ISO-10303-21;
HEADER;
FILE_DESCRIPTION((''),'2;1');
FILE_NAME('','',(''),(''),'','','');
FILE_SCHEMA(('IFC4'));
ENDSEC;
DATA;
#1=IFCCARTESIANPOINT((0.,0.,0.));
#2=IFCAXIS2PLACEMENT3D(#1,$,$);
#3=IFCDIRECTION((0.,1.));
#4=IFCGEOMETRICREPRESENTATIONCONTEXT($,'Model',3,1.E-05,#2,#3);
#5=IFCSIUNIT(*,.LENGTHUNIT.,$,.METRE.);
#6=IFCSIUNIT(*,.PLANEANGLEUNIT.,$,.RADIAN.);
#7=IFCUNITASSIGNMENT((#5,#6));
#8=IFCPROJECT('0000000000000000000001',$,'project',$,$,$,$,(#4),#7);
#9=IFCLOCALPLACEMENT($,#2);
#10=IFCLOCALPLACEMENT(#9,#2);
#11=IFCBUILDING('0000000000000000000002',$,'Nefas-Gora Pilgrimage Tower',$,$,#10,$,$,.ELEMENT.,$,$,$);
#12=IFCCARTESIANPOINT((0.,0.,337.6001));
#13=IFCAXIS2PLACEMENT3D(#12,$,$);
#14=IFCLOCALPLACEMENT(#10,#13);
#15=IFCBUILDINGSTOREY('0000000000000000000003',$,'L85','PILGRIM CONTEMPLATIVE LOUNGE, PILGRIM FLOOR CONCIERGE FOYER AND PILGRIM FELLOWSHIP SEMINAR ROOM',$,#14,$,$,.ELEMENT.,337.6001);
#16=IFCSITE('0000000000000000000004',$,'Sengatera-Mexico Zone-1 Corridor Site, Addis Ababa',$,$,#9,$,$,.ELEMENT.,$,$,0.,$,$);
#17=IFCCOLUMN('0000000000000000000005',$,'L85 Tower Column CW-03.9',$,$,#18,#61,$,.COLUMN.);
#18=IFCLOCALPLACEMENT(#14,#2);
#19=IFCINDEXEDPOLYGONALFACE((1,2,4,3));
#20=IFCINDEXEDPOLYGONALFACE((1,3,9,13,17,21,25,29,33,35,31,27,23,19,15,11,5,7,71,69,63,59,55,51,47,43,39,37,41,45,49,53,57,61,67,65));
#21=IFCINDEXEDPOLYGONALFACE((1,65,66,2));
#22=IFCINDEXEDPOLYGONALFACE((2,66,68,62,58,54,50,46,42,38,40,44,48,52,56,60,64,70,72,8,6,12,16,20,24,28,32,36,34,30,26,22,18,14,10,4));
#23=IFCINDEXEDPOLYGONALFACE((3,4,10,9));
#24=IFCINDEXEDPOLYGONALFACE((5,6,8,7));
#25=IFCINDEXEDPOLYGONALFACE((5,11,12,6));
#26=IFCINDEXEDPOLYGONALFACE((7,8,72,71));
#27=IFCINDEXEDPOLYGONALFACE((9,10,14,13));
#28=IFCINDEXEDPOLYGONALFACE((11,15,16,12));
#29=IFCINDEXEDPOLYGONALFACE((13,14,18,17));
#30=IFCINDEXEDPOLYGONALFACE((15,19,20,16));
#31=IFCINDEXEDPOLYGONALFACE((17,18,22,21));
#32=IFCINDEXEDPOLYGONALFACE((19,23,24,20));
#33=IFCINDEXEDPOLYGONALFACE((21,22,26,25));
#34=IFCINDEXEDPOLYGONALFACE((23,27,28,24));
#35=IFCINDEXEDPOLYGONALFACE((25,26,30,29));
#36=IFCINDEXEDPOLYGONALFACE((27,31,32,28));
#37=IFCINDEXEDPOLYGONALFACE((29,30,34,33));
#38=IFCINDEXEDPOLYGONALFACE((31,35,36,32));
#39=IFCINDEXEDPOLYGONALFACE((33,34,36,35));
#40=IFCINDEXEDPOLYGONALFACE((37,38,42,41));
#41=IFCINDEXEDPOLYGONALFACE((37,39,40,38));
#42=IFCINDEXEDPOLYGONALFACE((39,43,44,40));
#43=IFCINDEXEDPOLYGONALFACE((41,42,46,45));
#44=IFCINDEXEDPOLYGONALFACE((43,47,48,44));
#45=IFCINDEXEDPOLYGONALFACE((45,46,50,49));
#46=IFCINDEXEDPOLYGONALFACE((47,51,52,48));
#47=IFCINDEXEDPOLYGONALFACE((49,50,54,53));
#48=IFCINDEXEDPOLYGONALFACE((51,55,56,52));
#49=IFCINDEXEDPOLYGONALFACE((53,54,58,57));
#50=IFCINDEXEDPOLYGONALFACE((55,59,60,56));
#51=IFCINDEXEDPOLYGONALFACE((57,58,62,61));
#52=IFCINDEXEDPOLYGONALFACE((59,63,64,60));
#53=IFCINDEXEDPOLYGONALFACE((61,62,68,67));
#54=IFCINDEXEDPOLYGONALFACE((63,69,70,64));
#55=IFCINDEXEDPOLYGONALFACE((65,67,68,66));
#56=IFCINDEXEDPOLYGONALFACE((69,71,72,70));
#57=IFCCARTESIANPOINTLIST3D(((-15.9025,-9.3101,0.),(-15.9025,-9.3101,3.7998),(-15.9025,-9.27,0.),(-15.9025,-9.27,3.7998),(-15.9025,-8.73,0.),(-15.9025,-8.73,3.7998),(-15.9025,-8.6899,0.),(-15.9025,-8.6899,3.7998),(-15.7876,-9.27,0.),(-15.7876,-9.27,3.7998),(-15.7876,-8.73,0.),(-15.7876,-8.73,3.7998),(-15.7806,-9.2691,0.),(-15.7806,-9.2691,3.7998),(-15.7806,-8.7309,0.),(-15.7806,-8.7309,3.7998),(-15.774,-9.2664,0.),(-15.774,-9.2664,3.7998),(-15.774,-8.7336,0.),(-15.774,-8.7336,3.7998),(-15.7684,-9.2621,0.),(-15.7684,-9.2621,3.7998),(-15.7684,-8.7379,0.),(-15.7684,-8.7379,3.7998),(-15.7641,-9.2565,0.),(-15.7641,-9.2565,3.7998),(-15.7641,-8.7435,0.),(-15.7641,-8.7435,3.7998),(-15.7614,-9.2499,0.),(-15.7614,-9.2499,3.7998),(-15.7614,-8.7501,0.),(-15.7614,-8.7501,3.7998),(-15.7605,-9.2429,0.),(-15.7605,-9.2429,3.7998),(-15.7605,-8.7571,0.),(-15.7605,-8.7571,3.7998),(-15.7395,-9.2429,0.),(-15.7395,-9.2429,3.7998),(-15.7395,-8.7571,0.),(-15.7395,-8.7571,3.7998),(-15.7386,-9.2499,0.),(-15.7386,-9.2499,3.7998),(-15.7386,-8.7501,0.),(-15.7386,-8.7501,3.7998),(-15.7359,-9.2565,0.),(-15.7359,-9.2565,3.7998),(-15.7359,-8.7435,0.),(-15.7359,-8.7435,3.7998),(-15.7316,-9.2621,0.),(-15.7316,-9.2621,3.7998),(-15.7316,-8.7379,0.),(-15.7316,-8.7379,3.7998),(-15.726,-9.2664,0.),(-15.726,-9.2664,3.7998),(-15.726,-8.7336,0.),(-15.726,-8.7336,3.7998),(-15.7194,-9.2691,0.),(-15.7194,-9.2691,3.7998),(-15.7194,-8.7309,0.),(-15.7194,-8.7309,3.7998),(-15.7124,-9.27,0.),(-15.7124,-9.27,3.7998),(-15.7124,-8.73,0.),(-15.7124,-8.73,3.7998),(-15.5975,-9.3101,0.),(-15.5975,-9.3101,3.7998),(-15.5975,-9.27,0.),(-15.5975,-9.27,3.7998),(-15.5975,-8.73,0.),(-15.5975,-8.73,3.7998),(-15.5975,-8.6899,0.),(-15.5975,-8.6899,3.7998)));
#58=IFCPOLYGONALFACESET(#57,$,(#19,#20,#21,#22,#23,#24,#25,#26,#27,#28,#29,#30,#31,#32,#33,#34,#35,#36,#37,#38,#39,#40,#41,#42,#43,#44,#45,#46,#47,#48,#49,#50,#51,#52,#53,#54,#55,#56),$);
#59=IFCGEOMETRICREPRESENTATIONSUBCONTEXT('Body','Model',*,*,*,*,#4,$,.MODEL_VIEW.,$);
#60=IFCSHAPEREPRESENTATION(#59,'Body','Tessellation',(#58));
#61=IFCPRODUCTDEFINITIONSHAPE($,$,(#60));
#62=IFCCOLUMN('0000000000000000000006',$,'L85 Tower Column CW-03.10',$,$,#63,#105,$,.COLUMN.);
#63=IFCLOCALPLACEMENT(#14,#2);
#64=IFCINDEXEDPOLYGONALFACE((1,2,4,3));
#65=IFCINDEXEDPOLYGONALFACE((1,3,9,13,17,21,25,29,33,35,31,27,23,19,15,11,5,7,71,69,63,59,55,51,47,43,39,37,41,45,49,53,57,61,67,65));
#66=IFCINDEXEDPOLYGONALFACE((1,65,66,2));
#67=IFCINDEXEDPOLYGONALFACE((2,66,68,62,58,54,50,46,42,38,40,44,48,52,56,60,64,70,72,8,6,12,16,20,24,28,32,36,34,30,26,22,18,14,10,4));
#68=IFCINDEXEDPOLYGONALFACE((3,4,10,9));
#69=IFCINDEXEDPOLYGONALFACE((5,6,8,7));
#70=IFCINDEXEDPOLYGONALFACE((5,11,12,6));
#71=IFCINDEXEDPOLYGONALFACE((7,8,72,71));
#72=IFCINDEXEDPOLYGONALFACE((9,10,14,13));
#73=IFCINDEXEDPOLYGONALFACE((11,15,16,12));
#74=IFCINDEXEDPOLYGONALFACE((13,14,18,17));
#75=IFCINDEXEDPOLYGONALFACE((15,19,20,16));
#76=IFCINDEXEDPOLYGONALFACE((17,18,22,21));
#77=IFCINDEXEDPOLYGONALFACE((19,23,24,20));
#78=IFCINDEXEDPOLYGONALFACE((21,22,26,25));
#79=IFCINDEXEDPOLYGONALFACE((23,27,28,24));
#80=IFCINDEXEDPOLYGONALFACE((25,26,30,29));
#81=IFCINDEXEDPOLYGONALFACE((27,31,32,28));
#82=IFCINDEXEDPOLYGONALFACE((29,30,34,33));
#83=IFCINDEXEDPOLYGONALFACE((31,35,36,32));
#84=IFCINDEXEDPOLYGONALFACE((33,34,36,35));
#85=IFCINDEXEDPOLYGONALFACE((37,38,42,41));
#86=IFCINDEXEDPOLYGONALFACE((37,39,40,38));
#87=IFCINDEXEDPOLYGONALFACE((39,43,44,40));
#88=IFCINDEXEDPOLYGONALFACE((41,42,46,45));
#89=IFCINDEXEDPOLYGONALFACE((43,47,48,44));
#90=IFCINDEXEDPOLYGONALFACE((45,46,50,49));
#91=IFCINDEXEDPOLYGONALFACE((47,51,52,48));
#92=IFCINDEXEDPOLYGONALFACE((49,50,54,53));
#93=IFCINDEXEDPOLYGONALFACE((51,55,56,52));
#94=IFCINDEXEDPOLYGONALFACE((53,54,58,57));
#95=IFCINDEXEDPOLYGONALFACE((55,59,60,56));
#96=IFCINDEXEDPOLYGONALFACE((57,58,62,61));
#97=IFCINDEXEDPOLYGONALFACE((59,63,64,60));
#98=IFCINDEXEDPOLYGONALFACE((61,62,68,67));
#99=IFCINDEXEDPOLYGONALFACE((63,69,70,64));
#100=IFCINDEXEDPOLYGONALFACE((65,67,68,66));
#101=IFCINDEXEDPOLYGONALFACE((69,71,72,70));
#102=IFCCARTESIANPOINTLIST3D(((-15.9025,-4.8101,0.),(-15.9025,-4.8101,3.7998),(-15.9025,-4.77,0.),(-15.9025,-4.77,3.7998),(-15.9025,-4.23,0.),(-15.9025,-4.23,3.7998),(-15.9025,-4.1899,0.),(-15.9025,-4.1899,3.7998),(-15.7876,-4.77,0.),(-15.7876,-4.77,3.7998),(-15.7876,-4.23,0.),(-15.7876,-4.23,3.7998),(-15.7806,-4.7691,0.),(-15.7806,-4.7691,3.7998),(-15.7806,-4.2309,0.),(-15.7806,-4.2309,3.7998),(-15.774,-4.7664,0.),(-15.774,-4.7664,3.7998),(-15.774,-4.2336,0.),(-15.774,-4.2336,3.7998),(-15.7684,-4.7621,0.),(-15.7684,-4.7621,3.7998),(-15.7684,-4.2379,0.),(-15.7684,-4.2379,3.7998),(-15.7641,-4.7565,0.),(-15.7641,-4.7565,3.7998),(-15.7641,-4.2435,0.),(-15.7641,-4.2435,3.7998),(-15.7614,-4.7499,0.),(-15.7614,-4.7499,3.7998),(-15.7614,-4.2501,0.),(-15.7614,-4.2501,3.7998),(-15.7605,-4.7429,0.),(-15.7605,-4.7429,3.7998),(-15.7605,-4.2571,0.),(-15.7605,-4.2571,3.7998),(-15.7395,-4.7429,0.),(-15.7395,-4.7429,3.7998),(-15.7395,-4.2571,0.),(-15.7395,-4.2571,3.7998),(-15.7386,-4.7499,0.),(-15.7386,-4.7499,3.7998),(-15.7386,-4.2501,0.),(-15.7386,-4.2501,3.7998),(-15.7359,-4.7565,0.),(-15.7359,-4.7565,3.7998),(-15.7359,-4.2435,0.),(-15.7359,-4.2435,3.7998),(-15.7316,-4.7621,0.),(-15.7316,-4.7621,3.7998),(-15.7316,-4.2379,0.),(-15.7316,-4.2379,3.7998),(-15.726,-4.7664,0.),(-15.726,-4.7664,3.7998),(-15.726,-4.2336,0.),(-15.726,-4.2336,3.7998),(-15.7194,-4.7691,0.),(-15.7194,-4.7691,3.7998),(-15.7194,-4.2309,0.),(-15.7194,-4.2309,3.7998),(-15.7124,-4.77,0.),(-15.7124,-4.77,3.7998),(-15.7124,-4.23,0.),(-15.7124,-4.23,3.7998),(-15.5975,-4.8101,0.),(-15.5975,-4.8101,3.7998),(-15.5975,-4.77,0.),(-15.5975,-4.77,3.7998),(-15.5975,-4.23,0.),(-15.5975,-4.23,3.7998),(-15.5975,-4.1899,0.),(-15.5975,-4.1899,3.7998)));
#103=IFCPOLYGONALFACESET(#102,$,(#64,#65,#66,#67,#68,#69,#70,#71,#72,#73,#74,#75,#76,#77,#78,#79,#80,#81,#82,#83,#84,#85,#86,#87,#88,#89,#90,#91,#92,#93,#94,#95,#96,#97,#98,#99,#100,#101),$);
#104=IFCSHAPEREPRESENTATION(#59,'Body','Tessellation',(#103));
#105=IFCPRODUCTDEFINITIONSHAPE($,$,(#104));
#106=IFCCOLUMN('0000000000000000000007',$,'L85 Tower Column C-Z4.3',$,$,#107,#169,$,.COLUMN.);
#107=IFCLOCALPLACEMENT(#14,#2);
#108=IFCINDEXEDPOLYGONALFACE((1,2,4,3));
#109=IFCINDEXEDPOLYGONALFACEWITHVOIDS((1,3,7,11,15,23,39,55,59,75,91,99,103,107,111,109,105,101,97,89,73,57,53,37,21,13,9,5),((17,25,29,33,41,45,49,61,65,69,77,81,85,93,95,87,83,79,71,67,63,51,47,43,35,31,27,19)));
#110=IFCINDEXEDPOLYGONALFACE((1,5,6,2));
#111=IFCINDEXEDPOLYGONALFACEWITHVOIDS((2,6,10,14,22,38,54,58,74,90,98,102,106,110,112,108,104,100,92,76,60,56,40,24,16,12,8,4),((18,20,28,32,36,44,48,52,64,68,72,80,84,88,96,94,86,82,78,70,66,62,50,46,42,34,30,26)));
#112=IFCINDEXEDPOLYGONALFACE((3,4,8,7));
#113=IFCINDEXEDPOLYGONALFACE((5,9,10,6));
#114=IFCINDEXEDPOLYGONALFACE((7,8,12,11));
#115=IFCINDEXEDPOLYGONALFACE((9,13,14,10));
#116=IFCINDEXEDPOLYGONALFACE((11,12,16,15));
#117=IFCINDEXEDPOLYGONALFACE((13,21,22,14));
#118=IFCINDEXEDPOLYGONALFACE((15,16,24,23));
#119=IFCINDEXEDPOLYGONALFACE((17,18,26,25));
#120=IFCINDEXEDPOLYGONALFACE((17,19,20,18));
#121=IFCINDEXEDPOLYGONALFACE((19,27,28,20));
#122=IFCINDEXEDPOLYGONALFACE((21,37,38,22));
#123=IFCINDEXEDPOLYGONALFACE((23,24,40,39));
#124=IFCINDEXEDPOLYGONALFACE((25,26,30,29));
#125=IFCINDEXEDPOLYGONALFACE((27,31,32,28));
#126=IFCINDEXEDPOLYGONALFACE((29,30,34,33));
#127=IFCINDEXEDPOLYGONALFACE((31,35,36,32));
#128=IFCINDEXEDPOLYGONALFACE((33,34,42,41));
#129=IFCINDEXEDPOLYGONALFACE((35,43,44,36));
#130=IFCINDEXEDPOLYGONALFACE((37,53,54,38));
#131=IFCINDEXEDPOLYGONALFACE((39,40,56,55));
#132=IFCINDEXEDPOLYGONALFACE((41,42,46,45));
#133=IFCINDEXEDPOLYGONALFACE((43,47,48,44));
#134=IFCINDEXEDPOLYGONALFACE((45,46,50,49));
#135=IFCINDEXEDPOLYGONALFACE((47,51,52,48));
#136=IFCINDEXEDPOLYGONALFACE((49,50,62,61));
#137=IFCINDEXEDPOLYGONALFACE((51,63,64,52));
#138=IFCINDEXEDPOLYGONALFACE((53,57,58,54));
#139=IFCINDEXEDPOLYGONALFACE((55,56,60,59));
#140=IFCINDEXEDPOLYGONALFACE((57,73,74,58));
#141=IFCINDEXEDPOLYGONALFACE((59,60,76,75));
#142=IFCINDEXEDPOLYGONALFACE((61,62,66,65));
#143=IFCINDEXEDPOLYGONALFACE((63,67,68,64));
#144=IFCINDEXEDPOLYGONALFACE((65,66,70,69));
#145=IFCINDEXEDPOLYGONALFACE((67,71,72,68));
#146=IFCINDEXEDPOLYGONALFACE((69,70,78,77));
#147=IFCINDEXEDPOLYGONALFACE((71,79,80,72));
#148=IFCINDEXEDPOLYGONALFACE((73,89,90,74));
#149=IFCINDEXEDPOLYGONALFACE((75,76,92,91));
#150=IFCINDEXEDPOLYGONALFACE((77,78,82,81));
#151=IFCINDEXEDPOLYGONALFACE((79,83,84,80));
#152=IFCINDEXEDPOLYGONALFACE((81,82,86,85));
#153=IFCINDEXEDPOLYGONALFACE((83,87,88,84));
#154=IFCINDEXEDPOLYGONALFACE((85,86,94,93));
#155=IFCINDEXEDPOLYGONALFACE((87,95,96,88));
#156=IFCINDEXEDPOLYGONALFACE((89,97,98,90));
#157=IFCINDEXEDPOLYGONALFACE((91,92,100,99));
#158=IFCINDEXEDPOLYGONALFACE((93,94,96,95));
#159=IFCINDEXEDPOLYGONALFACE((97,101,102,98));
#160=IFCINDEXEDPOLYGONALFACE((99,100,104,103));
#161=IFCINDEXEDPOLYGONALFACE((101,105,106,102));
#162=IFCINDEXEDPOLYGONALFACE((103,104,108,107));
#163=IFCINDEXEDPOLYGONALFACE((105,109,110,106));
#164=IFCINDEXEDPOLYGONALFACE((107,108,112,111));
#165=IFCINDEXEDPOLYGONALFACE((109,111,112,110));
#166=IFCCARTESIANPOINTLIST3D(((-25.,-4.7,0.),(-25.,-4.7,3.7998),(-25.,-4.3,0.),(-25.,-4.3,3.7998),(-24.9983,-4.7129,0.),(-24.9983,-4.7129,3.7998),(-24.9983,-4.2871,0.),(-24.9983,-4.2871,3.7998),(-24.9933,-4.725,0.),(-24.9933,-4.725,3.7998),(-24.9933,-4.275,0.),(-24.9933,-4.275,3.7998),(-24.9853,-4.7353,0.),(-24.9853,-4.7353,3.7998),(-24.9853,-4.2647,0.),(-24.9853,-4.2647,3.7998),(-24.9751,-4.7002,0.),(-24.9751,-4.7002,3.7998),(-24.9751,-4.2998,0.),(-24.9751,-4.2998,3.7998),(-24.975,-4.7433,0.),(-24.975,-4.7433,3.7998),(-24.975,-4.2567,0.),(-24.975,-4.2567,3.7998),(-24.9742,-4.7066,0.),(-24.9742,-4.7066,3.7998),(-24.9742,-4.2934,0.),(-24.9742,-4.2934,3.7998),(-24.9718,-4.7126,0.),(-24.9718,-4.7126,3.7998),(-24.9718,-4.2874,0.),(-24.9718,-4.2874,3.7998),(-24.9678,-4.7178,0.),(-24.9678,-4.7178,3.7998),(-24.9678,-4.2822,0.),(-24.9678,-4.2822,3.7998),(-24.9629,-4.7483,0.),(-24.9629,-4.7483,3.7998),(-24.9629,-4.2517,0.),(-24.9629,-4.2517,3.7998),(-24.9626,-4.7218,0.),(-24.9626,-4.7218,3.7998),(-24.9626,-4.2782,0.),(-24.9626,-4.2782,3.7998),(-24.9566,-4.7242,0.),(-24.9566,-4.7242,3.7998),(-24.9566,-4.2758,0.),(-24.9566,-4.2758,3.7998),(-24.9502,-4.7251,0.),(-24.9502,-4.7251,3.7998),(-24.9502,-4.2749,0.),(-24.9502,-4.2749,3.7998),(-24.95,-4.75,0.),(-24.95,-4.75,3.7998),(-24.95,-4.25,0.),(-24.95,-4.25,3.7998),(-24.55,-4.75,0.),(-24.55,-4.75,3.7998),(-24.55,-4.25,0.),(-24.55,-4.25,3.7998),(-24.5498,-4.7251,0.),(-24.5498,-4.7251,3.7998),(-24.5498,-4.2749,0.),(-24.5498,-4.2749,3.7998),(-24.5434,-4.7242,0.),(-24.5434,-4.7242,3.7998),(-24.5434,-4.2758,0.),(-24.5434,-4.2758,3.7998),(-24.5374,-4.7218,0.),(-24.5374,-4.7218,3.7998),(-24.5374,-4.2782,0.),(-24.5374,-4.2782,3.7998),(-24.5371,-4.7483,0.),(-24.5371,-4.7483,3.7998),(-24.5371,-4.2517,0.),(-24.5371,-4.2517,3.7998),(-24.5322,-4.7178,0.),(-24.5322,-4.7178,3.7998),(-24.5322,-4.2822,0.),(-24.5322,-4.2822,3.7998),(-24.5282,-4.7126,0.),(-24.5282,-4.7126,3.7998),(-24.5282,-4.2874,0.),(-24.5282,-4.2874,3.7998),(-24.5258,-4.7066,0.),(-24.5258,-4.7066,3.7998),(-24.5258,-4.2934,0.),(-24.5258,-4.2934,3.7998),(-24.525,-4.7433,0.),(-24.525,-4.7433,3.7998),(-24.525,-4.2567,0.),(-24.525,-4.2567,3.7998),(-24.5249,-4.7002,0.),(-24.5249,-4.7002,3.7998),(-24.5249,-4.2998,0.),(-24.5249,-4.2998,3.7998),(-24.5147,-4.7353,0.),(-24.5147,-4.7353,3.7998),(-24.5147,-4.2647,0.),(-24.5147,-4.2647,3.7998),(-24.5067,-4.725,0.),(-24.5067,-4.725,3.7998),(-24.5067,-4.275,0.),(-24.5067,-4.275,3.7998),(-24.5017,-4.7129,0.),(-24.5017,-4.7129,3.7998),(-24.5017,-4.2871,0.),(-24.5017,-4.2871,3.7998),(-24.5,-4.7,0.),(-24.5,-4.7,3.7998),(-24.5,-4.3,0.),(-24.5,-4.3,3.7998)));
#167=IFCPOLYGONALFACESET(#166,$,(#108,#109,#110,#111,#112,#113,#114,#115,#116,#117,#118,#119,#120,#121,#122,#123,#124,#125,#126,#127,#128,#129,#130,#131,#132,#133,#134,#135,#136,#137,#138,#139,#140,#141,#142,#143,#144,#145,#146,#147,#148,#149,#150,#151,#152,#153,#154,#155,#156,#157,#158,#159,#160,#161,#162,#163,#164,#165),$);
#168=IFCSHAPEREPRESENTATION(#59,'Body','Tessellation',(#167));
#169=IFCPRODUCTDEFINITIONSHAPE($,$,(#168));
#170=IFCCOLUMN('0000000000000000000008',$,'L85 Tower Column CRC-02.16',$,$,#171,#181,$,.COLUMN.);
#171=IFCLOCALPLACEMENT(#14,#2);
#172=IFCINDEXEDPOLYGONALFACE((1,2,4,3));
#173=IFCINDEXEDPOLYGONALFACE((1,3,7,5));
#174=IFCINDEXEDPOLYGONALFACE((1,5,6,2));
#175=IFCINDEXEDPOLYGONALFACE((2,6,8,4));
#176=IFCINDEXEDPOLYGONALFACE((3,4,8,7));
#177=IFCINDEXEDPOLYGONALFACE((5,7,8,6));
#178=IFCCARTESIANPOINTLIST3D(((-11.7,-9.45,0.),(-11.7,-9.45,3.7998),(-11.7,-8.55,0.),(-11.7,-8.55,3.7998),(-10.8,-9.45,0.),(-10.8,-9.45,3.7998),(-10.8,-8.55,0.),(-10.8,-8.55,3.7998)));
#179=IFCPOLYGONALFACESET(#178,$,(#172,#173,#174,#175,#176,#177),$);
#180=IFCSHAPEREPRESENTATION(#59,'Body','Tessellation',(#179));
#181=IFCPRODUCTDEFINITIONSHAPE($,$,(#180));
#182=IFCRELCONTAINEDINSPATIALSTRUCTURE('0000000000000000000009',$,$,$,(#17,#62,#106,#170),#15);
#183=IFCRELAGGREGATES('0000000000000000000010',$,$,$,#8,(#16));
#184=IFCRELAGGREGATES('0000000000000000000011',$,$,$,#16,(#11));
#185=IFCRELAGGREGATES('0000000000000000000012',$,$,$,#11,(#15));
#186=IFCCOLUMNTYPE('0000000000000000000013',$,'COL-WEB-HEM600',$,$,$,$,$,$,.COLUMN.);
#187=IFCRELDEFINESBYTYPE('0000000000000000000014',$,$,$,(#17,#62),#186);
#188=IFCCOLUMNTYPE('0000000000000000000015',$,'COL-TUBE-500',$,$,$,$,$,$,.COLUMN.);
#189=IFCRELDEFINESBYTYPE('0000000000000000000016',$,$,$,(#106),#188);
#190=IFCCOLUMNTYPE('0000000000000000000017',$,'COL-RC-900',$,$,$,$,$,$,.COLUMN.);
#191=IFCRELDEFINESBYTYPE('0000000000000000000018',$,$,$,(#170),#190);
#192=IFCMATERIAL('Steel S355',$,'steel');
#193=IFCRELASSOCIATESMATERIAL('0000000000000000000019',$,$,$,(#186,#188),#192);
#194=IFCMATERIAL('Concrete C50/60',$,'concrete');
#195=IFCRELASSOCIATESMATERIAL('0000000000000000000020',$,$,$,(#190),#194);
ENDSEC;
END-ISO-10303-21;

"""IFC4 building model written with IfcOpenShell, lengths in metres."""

from ifc_helpers import new_model, si_unit, direction, frame, origin, origin_2d, place, context, subcontext, project, spatial, rectangle, hollow_rectangle, i_section, extrude, source, transform, mapped, material, material_profile, profile_set, type_object, element, save


model = new_model("IFC4")

# Units and contexts
model_context = context("Model", 3, precision=1e-05, world=origin(), true_north=direction((0.0, 1.0)))
body_context = subcontext(model_context, "Body", "Model", "MODEL_VIEW")
ifc_project = project(units=[si_unit("LENGTHUNIT", "METRE"), si_unit("PLANEANGLEUNIT", "RADIAN")], contexts=[model_context])

# Site, building, storey
site_placement = place(None, origin())
site = spatial("IfcSite", under=ifc_project, at=site_placement, Name="Sengatera-Mexico Zone-1 Corridor Site, Addis Ababa", CompositionType="ELEMENT", RefElevation=0.0)
building_placement = place(site_placement, origin())
building = spatial("IfcBuilding", under=site, at=building_placement, Name="Nefas-Gora Pilgrimage Tower", CompositionType="ELEMENT")
storey_placement = place(building_placement, frame((0.0, 0.0, 337.6001)))
storey = spatial("IfcBuildingStorey", under=building, at=storey_placement, Name="L85", Description="PILGRIM CONTEMPLATIVE LOUNGE, PILGRIM FLOOR CONCIERGE FOYER AND PILGRIM FELLOWSHIP SEMINAR ROOM", CompositionType="ELEMENT", Elevation=337.6001)

# Columns
ifc_material_1 = material(Name="Steel S355", Category="steel")
ifc_material_profile_1 = material_profile(ifc_material_1, i_section(OverallWidth=0.3049, OverallDepth=0.6201, WebThickness=0.021, FlangeThickness=0.04, FilletRadius=0.0271, at=origin_2d()), Name="HEM 600")
ifc_profile_set_1 = profile_set([ifc_material_profile_1], Name="Steel S355")
column_type_1 = type_object("IfcColumnType", Name="COL-WEB-HEM600", PredefinedType="COLUMN", material=ifc_profile_set_1)
shared_shape_1 = source(origin(), body_context, "Body", "SweptSolid", [
    extrude(i_section(OverallWidth=0.3049, OverallDepth=0.6201, WebThickness=0.021, FlangeThickness=0.04, FilletRadius=0.0271, at=origin_2d()), origin(), (0.0, 0.0, 1.0), 3.7998),
])
for number, where, z_axis, x_axis, name in (
    (1, (-15.75, -9.0, 0.0), (0.0, 0.0, 1.0), (1.0, 0.0, 0.0), "L85 Tower Column CW-03.9"),
    (2, (-15.75, -4.5, 0.0), (0.0, 0.0, 1.0), (1.0, 0.0, 0.0), "L85 Tower Column CW-03.10"),
):
    element("IfcColumn", number, at=place(storey_placement, frame(where, z_axis=z_axis, x_axis=x_axis)), inside=storey, type_object=column_type_1, Name=name, PredefinedType="COLUMN", context=body_context, shape_type="MappedRepresentation", body=[
        mapped(shared_shape_1, transform((0.0, 0.0, 0.0), x_axis=(1.0, 0.0, 0.0), y_axis=(0.0, 1.0, 0.0), z_axis=(0.0, 0.0, 1.0), scale=1.0)),
    ])
ifc_material_profile_2 = material_profile(ifc_material_1, hollow_rectangle(XDim=0.5, YDim=0.5, WallThickness=0.0249, InnerFilletRadius=0.0249, OuterFilletRadius=0.05, at=origin_2d()), Name="SHS 500x500x25")
ifc_profile_set_2 = profile_set([ifc_material_profile_2], Name="Steel S355")
column_type_2 = type_object("IfcColumnType", Name="COL-TUBE-500", PredefinedType="COLUMN", material=ifc_profile_set_2)
shared_shape_2 = source(origin(), body_context, "Body", "SweptSolid", [
    extrude(hollow_rectangle(XDim=0.5, YDim=0.5, WallThickness=0.0249, InnerFilletRadius=0.0249, OuterFilletRadius=0.05, at=origin_2d()), origin(), (0.0, 0.0, 1.0), 3.7998),
])
column_1_placement = place(storey_placement, frame((-24.75, -4.5, 0.0), z_axis=(0.0, 0.0, 1.0), x_axis=(1.0, 0.0, 0.0)))
element("IfcColumn", 3, at=column_1_placement, inside=storey, type_object=column_type_2, Name="L85 Tower Column C-Z4.3", PredefinedType="COLUMN", context=body_context, shape_type="MappedRepresentation", body=[
    mapped(shared_shape_2, transform((0.0, 0.0, 0.0), x_axis=(1.0, 0.0, 0.0), y_axis=(0.0, 1.0, 0.0), z_axis=(0.0, 0.0, 1.0), scale=1.0)),
])
ifc_material_2 = material(Name="Concrete C50/60", Category="concrete")
ifc_material_profile_3 = material_profile(ifc_material_2, rectangle(XDim=0.8999, YDim=0.8999, at=origin_2d()), Name="RC 900x900")
ifc_profile_set_3 = profile_set([ifc_material_profile_3], Name="Concrete C50/60")
column_type_3 = type_object("IfcColumnType", Name="COL-RC-900", PredefinedType="COLUMN", material=ifc_profile_set_3)
shared_shape_3 = source(origin(), body_context, "Body", "SweptSolid", [
    extrude(rectangle(XDim=0.8999, YDim=0.8999, at=origin_2d()), origin(), (0.0, 0.0, 1.0), 3.7998),
])
column_2_placement = place(storey_placement, frame((-11.25, -9.0, 0.0), z_axis=(0.0, 0.0, 1.0), x_axis=(1.0, 0.0, 0.0)))
element("IfcColumn", 4, at=column_2_placement, inside=storey, type_object=column_type_3, Name="L85 Tower Column CRC-02.16", PredefinedType="COLUMN", context=body_context, shape_type="MappedRepresentation", body=[
    mapped(shared_shape_3, transform((0.0, 0.0, 0.0), x_axis=(1.0, 0.0, 0.0), y_axis=(0.0, 1.0, 0.0), z_axis=(0.0, 0.0, 1.0), scale=1.0)),
])

save(model, "model.ifc")
